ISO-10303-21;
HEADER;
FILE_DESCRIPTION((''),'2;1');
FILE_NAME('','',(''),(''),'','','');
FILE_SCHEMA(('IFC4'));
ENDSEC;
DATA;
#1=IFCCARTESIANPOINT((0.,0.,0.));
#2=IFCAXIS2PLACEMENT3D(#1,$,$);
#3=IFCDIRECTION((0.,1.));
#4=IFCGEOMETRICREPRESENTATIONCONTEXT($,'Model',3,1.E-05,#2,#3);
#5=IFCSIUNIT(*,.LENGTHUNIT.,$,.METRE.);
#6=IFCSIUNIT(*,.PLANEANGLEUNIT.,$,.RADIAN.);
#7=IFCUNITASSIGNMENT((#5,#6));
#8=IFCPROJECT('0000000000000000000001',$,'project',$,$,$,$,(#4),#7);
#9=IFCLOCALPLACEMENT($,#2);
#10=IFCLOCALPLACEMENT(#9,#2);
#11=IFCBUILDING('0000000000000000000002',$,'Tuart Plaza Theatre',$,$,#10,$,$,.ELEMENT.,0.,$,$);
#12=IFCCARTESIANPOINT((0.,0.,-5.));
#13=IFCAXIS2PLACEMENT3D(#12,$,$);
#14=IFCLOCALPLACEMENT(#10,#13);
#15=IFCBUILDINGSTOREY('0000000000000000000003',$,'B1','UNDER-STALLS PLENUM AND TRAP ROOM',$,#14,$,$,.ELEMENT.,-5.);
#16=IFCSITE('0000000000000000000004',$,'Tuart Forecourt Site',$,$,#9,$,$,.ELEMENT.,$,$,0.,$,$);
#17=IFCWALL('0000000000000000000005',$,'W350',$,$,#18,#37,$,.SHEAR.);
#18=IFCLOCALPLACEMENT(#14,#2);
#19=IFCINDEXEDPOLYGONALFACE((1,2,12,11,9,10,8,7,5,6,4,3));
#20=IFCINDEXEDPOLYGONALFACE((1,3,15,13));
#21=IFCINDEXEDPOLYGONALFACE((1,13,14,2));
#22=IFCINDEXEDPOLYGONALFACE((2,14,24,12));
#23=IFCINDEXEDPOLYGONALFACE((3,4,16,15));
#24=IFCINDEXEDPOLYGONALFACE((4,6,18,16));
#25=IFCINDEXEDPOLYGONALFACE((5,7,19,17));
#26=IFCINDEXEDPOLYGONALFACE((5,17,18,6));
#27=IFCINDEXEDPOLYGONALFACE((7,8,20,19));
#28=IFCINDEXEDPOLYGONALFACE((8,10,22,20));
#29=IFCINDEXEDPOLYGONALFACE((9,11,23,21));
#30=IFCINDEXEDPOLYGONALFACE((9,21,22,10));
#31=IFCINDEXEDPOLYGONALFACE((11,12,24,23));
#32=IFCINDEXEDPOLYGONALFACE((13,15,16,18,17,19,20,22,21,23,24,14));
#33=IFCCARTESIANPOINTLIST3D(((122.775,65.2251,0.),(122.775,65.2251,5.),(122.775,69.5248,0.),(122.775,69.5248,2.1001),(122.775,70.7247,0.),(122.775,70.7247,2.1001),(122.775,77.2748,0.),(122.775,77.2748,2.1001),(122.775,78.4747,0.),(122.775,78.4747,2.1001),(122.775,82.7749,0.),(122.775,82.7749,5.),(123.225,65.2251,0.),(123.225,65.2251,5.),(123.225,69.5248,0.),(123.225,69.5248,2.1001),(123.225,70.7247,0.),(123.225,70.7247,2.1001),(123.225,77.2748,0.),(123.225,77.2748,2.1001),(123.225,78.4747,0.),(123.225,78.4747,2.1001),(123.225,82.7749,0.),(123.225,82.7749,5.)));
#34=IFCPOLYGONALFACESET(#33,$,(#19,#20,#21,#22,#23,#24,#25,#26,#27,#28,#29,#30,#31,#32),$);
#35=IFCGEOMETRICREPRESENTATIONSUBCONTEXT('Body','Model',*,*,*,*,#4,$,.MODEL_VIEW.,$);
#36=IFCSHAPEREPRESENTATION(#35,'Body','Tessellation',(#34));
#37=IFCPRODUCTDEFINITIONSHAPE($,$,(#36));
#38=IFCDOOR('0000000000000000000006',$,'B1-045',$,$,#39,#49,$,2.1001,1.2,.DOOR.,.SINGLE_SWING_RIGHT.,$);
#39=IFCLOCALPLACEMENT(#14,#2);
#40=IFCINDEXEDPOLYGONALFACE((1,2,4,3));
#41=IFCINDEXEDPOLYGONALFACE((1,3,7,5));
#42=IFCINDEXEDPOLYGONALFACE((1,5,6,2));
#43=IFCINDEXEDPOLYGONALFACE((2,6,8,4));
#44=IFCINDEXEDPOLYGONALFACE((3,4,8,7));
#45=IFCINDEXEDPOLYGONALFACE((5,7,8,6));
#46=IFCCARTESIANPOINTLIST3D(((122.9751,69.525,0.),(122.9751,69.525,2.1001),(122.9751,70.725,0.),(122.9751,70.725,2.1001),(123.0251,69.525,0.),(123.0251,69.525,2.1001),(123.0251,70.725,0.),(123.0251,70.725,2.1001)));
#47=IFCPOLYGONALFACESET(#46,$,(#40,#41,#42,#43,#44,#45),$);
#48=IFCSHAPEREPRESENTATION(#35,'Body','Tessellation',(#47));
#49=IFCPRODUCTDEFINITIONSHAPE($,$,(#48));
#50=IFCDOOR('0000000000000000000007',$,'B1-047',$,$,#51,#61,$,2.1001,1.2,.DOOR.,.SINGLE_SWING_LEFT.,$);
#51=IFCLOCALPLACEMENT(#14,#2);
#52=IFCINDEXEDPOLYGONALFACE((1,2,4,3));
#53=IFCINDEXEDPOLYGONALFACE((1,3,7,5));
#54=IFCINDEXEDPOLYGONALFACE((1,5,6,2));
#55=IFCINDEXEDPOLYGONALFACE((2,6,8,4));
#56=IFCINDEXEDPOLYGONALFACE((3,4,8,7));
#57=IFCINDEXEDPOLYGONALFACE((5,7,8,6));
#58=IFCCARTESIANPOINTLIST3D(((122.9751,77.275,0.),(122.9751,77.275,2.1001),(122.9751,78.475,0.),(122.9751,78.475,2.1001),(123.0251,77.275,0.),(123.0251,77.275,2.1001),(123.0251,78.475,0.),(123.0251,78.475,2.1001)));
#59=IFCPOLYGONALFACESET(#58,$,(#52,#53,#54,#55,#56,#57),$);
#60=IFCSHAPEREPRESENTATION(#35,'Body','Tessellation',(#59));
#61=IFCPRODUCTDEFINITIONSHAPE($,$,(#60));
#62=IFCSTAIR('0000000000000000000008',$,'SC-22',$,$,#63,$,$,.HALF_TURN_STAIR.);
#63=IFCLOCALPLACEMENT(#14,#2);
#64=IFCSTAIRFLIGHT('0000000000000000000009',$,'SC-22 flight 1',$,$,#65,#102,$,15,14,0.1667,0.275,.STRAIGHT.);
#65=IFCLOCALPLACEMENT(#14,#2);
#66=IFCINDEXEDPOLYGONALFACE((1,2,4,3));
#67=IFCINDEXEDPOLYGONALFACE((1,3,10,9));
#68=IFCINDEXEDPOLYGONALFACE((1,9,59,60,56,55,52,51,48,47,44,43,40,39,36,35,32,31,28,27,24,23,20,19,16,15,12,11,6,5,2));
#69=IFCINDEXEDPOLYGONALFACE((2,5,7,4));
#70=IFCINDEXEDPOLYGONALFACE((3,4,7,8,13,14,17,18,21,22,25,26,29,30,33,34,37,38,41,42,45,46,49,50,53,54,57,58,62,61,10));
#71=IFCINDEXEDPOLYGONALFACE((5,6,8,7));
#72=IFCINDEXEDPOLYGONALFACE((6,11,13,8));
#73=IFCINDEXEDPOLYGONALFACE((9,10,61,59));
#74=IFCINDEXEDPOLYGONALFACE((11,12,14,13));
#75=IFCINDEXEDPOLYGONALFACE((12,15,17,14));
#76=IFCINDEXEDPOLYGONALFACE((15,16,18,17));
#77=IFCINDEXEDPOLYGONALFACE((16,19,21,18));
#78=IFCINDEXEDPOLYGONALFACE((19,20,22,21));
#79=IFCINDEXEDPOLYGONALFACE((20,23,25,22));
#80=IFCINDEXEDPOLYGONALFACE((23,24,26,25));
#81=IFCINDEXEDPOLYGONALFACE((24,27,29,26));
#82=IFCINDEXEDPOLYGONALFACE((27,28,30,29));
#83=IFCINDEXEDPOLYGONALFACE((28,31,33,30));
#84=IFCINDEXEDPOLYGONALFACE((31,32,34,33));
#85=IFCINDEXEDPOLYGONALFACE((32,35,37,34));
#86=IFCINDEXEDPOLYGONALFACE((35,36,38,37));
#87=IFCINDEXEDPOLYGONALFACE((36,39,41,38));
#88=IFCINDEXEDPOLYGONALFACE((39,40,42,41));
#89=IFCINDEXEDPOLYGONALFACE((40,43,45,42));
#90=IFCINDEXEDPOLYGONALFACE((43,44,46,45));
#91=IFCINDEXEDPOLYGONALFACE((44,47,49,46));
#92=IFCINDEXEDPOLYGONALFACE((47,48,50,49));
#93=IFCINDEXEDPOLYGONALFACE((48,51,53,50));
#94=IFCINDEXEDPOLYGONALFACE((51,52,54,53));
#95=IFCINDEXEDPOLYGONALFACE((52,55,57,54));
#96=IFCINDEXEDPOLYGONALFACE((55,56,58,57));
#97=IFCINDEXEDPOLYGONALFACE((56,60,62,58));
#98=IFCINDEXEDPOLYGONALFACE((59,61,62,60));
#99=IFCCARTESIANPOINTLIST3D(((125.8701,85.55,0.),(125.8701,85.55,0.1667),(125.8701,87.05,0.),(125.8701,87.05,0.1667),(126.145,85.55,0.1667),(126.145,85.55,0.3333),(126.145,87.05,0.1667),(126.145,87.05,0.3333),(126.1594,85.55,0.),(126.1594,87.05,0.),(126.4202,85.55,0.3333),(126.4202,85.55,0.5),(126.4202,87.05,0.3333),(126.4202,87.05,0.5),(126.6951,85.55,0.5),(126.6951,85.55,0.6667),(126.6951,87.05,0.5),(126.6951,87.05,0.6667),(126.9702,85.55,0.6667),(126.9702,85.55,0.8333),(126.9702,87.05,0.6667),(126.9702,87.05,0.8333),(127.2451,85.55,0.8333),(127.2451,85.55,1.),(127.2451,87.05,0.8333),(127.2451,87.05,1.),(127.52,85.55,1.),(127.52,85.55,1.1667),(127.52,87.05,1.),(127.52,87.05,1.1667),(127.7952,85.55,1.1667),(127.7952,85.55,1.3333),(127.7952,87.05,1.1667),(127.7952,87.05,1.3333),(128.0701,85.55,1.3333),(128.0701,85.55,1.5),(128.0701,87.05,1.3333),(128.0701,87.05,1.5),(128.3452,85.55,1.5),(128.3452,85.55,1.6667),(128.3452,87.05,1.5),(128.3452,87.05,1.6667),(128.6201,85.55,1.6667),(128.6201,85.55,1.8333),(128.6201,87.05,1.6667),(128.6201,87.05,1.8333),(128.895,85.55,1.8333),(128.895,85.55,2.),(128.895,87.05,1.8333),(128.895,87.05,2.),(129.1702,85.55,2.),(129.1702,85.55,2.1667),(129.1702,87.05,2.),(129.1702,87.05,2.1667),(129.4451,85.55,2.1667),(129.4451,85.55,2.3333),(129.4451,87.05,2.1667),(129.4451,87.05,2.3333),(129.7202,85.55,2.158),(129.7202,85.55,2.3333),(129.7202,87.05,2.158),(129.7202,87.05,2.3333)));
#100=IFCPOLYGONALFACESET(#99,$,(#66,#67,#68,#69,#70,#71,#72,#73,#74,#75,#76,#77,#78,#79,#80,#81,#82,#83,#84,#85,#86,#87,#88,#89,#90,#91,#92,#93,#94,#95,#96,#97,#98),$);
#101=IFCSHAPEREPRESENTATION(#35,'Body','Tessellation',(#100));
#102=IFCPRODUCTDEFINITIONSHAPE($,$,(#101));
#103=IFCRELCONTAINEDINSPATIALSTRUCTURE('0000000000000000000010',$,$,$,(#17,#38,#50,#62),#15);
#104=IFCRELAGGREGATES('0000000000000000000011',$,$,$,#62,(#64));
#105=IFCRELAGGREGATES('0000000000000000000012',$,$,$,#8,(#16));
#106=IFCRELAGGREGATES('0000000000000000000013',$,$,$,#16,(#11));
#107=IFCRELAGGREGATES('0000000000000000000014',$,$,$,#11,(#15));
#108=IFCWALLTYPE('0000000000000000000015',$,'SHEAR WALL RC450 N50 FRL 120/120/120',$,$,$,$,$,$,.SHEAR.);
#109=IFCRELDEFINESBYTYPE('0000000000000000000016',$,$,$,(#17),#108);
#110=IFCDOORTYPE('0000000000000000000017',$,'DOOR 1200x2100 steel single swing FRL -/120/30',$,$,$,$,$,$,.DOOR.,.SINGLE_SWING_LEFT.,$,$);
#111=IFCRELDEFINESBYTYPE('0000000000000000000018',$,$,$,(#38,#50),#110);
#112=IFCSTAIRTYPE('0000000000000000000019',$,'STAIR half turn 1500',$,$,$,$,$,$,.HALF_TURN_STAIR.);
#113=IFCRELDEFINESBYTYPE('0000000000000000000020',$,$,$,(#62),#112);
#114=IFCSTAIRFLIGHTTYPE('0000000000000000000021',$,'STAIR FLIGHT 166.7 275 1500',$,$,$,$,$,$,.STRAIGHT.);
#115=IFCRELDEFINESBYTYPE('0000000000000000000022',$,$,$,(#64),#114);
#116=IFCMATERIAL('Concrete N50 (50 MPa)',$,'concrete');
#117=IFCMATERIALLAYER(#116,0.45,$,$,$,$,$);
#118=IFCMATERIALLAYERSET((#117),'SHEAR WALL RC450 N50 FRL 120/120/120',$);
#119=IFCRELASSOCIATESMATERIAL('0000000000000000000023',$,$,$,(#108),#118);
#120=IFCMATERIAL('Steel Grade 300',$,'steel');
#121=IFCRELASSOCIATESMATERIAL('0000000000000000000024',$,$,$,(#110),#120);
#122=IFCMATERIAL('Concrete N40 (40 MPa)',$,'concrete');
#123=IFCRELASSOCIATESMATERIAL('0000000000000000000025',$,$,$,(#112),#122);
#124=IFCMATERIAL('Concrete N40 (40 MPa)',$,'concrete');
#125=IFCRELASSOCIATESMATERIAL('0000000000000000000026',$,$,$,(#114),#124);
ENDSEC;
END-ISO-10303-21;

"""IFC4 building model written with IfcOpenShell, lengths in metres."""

from ifc_helpers import new_model, si_unit, direction, frame, frame_2d, origin, place, context, subcontext, project, spatial, polyline, rectangle, outline, extrude, material, layer, layer_set, type_object, element, fill, aggregate, save


model = new_model("IFC4")

# Units and contexts
model_context = context("Model", 3, precision=1e-05, world=origin(), true_north=direction((0.0, 1.0)))
body_context = subcontext(model_context, "Body", "Model", "MODEL_VIEW")
ifc_project = project(units=[si_unit("LENGTHUNIT", "METRE"), si_unit("PLANEANGLEUNIT", "RADIAN")], contexts=[model_context])

# Site, building, storey
site_placement = place(None, origin())
site = spatial("IfcSite", under=ifc_project, at=site_placement, Name="Tuart Forecourt Site", CompositionType="ELEMENT", RefElevation=0.0)
building_placement = place(site_placement, origin())
building = spatial("IfcBuilding", under=site, at=building_placement, Name="Tuart Plaza Theatre", CompositionType="ELEMENT", ElevationOfRefHeight=0.0)
storey_placement = place(building_placement, frame((0.0, 0.0, -5.0)))
storey = spatial("IfcBuildingStorey", under=building, at=storey_placement, Name="B1", Description="UNDER-STALLS PLENUM AND TRAP ROOM", CompositionType="ELEMENT", Elevation=-5.0)

# Wall, openings, doors
ifc_material_1 = material(Name="Concrete N50 (50 MPa)", Category="concrete")
ifc_layer_1 = layer(ifc_material_1, 0.45)
ifc_layer_set_1 = layer_set([ifc_layer_1], Name="SHEAR WALL RC450 N50 FRL 120/120/120")
wall_type_1 = type_object("IfcWallType", Name="SHEAR WALL RC450 N50 FRL 120/120/120", PredefinedType="SHEAR", material=ifc_layer_set_1)
wall_1_placement = place(storey_placement, frame((123.0, 82.7749, 0.0), z_axis=(0.0, 0.0, 1.0), x_axis=(0.0, -1.0, 0.0)))
wall_1 = element("IfcWall", 1, at=wall_1_placement, inside=storey, type_object=wall_type_1, Name="W350", PredefinedType="SHEAR", context=body_context, shape_type="SweptSolid", body=[
    extrude(rectangle(XDim=17.5498, YDim=0.45, at=frame_2d((8.7749, 0.0))), origin(), (0.0, 0.0, 1.0), 5.0),
])
opening_1_placement = place(wall_1_placement, frame((12.05, 0.0, 0.0)))
opening_1 = element("IfcOpeningElement", 2, at=opening_1_placement, cuts=wall_1, PredefinedType="OPENING", context=body_context, shape_type="SweptSolid", body=[
    extrude(rectangle(XDim=1.2, YDim=2.1001, at=frame_2d((0.6001, 1.05))), frame((0.0, 0.2349, 0.0), z_axis=(0.0, -1.0, 0.0), x_axis=(1.0, 0.0, 0.0)), (0.0, 0.0, 1.0), 0.47),
])
opening_2_placement = place(wall_1_placement, frame((4.3, 0.0, 0.0)))
opening_2 = element("IfcOpeningElement", 3, at=opening_2_placement, cuts=wall_1, PredefinedType="OPENING", context=body_context, shape_type="SweptSolid", body=[
    extrude(rectangle(XDim=1.2, YDim=2.1001, at=frame_2d((0.6001, 1.05))), frame((0.0, 0.2349, 0.0), z_axis=(0.0, -1.0, 0.0), x_axis=(1.0, 0.0, 0.0)), (0.0, 0.0, 1.0), 0.47),
])
ifc_material_2 = material(Name="Steel Grade 300", Category="steel")
door_type_1 = type_object("IfcDoorType", Name="DOOR 1200x2100 steel single swing FRL -/120/30", OperationType="SINGLE_SWING_LEFT", PredefinedType="DOOR", material=ifc_material_2)
door_1_placement = place(opening_1_placement, frame((1.2, 0.0, 0.0), z_axis=(0.0, 0.0, 1.0), x_axis=(-1.0, 0.0, 0.0)))
door_1 = element("IfcDoor", 4, at=door_1_placement, inside=storey, type_object=door_type_1, Name="B1-045", OperationType="SINGLE_SWING_RIGHT", OverallHeight=2.1001, OverallWidth=1.2, PredefinedType="DOOR", context=body_context, shape_type="SweptSolid", body=[
    extrude(rectangle(XDim=1.2, YDim=2.1001, at=frame_2d((0.6001, 1.05))), frame((0.0, 0.0249, 0.0), z_axis=(0.0, -1.0, 0.0), x_axis=(1.0, 0.0, 0.0)), (0.0, 0.0, 1.0), 0.05),
])
fill(opening_1, door_1)
door_2_placement = place(opening_2_placement, frame((1.2, 0.0, 0.0), z_axis=(0.0, 0.0, 1.0), x_axis=(-1.0, 0.0, 0.0)))
door_2 = element("IfcDoor", 5, at=door_2_placement, inside=storey, type_object=door_type_1, Name="B1-047", OperationType="SINGLE_SWING_LEFT", OverallHeight=2.1001, OverallWidth=1.2, PredefinedType="DOOR", context=body_context, shape_type="SweptSolid", body=[
    extrude(rectangle(XDim=1.2, YDim=2.1001, at=frame_2d((0.6001, 1.05))), frame((0.0, 0.0249, 0.0), z_axis=(0.0, -1.0, 0.0), x_axis=(1.0, 0.0, 0.0)), (0.0, 0.0, 1.0), 0.05),
])
fill(opening_2, door_2)

# Stair, stair flight
ifc_material_3 = material(Name="Concrete N40 (40 MPa)", Category="concrete")
stair_type = type_object("IfcStairType", Name="STAIR half turn 1500", PredefinedType="HALF_TURN_STAIR", material=ifc_material_3)
stair_placement = place(storey_placement, origin())
stair = element("IfcStair", 6, at=stair_placement, inside=storey, type_object=stair_type, Name="SC-22", PredefinedType="HALF_TURN_STAIR")
ifc_material_4 = material(Name="Concrete N40 (40 MPa)", Category="concrete")
stair_flight_type = type_object("IfcStairFlightType", Name="STAIR FLIGHT 166.7 275 1500", PredefinedType="STRAIGHT", material=ifc_material_4)
stair_flight_placement = place(storey_placement, frame((125.8701, 86.3, 0.0), z_axis=(0.0, 0.0, 1.0), x_axis=(1.0, 0.0, 0.0)))
stair_flight = element("IfcStairFlight", 7, at=stair_flight_placement, type_object=stair_flight_type, Name="SC-22 flight 1", NumberOfRisers=15, NumberOfTreads=14, PredefinedType="STRAIGHT", RiserHeight=0.1667, TreadLength=0.275, context=body_context, shape_type="SweptSolid", body=[
    extrude(outline(polyline([(0.0, 0.0), (0.0, 0.1667), (0.2749, 0.1667), (0.2749, 0.3333), (0.55, 0.3333), (0.55, 0.5), (0.825, 0.5), (0.825, 0.6667), (1.1001, 0.6667), (1.1001, 0.8333), (1.375, 0.8333), (1.375, 1.0), (1.6499, 1.0), (1.6499, 1.1667), (1.925, 1.1667), (1.925, 1.3333), (2.2, 1.3333), (2.2, 1.5), (2.4751, 1.5), (2.4751, 1.6667), (2.75, 1.6667), (2.75, 1.8333), (3.0249, 1.8333), (3.0249, 2.0), (3.3, 2.0), (3.3, 2.1667), (3.575, 2.1667), (3.575, 2.3333), (3.8501, 2.3333), (3.8501, 2.5), (3.8501, 2.158), (0.2893, 0.0), (0.0, 0.0)])), frame((0.0, 0.75, 0.0), z_axis=(0.0, -1.0, 0.0), x_axis=(1.0, 0.0, 0.0)), (0.0, 0.0, 1.0), 1.5),
])
aggregate(stair, [stair_flight])

save(model, "model.ifc")
